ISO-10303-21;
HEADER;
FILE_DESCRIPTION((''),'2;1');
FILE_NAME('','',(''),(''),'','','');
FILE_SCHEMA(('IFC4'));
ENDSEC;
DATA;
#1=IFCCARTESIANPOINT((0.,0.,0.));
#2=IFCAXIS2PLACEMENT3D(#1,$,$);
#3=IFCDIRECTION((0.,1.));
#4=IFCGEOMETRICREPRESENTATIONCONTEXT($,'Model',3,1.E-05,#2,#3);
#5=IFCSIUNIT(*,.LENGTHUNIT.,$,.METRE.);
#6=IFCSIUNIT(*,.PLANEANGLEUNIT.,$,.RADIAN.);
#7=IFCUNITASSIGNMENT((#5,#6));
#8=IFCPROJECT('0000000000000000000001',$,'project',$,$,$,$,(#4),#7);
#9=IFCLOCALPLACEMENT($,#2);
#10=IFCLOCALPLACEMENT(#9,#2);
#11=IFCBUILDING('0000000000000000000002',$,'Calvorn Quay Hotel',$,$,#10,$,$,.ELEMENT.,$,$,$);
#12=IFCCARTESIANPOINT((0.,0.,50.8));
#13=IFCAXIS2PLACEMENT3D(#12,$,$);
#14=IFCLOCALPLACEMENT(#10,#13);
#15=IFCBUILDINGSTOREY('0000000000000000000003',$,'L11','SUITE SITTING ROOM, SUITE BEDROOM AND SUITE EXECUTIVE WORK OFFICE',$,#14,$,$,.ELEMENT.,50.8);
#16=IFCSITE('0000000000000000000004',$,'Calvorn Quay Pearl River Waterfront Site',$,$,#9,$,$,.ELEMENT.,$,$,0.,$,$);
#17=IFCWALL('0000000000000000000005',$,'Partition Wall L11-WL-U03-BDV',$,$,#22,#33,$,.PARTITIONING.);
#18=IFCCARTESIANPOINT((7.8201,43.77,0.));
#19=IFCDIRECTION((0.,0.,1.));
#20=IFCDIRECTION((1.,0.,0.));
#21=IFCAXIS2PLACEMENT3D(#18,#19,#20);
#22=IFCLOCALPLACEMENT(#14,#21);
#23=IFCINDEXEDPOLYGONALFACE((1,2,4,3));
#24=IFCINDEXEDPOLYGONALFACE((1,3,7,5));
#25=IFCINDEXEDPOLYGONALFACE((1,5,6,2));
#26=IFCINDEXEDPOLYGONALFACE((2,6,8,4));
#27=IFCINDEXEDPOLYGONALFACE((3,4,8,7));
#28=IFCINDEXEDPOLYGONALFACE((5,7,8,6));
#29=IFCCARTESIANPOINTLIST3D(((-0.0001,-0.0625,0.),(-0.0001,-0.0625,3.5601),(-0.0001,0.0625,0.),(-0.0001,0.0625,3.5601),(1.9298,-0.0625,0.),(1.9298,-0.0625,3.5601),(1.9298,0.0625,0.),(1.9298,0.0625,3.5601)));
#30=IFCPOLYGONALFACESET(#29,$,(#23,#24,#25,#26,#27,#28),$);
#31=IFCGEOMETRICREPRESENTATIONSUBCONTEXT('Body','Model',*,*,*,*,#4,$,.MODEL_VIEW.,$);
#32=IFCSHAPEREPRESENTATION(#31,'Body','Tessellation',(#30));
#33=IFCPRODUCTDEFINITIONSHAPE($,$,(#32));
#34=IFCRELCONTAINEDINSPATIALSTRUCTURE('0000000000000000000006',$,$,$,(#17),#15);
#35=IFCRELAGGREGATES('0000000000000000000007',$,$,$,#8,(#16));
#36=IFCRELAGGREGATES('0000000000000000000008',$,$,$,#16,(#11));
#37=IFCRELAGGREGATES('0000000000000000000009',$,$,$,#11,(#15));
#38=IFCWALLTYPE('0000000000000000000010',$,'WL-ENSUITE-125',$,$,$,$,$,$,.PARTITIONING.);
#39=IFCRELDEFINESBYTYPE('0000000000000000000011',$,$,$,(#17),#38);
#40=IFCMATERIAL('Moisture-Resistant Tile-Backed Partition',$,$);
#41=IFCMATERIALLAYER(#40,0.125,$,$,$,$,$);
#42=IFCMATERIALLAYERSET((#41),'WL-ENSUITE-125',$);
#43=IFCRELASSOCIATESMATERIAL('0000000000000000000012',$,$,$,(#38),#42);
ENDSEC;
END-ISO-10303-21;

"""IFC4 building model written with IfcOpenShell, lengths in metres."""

from ifc_helpers import new_model, si_unit, direction, frame, frame_2d, origin, place, context, subcontext, project, spatial, rectangle, extrude, material, layer, layer_set, type_object, element, save


model = new_model("IFC4")

# Units and contexts
model_context = context("Model", 3, precision=1e-05, world=origin(), true_north=direction((0.0, 1.0)))
body_context = subcontext(model_context, "Body", "Model", "MODEL_VIEW")
ifc_project = project(units=[si_unit("LENGTHUNIT", "METRE"), si_unit("PLANEANGLEUNIT", "RADIAN")], contexts=[model_context])

# Site, building, storey
site_placement = place(None, origin())
site = spatial("IfcSite", under=ifc_project, at=site_placement, Name="Calvorn Quay Pearl River Waterfront Site", CompositionType="ELEMENT", RefElevation=0.0)
building_placement = place(site_placement, origin())
building = spatial("IfcBuilding", under=site, at=building_placement, Name="Calvorn Quay Hotel", CompositionType="ELEMENT")
storey_placement = place(building_placement, frame((0.0, 0.0, 50.8)))
storey = spatial("IfcBuildingStorey", under=building, at=storey_placement, Name="L11", Description="SUITE SITTING ROOM, SUITE BEDROOM AND SUITE EXECUTIVE WORK OFFICE", CompositionType="ELEMENT", Elevation=50.8)

# Wall
ifc_material_1 = material(Name="Moisture-Resistant Tile-Backed Partition")
ifc_layer_1 = layer(ifc_material_1, 0.125)
ifc_layer_set_1 = layer_set([ifc_layer_1], Name="WL-ENSUITE-125")
wall_type_1 = type_object("IfcWallType", Name="WL-ENSUITE-125", PredefinedType="PARTITIONING", material=ifc_layer_set_1)
wall_1_placement = place(storey_placement, frame((7.8201, 43.77, 0.0), z_axis=(0.0, 0.0, 1.0), x_axis=(1.0, 0.0, 0.0)))
element("IfcWall", 1, at=wall_1_placement, inside=storey, type_object=wall_type_1, Name="Partition Wall L11-WL-U03-BDV", PredefinedType="PARTITIONING", context=body_context, shape_type="SweptSolid", body=[
    extrude(rectangle(XDim=1.9299, YDim=0.125, at=frame_2d((0.9648, 0.0))), origin(), (0.0, 0.0, 1.0), 3.5601),
])

save(model, "model.ifc")
